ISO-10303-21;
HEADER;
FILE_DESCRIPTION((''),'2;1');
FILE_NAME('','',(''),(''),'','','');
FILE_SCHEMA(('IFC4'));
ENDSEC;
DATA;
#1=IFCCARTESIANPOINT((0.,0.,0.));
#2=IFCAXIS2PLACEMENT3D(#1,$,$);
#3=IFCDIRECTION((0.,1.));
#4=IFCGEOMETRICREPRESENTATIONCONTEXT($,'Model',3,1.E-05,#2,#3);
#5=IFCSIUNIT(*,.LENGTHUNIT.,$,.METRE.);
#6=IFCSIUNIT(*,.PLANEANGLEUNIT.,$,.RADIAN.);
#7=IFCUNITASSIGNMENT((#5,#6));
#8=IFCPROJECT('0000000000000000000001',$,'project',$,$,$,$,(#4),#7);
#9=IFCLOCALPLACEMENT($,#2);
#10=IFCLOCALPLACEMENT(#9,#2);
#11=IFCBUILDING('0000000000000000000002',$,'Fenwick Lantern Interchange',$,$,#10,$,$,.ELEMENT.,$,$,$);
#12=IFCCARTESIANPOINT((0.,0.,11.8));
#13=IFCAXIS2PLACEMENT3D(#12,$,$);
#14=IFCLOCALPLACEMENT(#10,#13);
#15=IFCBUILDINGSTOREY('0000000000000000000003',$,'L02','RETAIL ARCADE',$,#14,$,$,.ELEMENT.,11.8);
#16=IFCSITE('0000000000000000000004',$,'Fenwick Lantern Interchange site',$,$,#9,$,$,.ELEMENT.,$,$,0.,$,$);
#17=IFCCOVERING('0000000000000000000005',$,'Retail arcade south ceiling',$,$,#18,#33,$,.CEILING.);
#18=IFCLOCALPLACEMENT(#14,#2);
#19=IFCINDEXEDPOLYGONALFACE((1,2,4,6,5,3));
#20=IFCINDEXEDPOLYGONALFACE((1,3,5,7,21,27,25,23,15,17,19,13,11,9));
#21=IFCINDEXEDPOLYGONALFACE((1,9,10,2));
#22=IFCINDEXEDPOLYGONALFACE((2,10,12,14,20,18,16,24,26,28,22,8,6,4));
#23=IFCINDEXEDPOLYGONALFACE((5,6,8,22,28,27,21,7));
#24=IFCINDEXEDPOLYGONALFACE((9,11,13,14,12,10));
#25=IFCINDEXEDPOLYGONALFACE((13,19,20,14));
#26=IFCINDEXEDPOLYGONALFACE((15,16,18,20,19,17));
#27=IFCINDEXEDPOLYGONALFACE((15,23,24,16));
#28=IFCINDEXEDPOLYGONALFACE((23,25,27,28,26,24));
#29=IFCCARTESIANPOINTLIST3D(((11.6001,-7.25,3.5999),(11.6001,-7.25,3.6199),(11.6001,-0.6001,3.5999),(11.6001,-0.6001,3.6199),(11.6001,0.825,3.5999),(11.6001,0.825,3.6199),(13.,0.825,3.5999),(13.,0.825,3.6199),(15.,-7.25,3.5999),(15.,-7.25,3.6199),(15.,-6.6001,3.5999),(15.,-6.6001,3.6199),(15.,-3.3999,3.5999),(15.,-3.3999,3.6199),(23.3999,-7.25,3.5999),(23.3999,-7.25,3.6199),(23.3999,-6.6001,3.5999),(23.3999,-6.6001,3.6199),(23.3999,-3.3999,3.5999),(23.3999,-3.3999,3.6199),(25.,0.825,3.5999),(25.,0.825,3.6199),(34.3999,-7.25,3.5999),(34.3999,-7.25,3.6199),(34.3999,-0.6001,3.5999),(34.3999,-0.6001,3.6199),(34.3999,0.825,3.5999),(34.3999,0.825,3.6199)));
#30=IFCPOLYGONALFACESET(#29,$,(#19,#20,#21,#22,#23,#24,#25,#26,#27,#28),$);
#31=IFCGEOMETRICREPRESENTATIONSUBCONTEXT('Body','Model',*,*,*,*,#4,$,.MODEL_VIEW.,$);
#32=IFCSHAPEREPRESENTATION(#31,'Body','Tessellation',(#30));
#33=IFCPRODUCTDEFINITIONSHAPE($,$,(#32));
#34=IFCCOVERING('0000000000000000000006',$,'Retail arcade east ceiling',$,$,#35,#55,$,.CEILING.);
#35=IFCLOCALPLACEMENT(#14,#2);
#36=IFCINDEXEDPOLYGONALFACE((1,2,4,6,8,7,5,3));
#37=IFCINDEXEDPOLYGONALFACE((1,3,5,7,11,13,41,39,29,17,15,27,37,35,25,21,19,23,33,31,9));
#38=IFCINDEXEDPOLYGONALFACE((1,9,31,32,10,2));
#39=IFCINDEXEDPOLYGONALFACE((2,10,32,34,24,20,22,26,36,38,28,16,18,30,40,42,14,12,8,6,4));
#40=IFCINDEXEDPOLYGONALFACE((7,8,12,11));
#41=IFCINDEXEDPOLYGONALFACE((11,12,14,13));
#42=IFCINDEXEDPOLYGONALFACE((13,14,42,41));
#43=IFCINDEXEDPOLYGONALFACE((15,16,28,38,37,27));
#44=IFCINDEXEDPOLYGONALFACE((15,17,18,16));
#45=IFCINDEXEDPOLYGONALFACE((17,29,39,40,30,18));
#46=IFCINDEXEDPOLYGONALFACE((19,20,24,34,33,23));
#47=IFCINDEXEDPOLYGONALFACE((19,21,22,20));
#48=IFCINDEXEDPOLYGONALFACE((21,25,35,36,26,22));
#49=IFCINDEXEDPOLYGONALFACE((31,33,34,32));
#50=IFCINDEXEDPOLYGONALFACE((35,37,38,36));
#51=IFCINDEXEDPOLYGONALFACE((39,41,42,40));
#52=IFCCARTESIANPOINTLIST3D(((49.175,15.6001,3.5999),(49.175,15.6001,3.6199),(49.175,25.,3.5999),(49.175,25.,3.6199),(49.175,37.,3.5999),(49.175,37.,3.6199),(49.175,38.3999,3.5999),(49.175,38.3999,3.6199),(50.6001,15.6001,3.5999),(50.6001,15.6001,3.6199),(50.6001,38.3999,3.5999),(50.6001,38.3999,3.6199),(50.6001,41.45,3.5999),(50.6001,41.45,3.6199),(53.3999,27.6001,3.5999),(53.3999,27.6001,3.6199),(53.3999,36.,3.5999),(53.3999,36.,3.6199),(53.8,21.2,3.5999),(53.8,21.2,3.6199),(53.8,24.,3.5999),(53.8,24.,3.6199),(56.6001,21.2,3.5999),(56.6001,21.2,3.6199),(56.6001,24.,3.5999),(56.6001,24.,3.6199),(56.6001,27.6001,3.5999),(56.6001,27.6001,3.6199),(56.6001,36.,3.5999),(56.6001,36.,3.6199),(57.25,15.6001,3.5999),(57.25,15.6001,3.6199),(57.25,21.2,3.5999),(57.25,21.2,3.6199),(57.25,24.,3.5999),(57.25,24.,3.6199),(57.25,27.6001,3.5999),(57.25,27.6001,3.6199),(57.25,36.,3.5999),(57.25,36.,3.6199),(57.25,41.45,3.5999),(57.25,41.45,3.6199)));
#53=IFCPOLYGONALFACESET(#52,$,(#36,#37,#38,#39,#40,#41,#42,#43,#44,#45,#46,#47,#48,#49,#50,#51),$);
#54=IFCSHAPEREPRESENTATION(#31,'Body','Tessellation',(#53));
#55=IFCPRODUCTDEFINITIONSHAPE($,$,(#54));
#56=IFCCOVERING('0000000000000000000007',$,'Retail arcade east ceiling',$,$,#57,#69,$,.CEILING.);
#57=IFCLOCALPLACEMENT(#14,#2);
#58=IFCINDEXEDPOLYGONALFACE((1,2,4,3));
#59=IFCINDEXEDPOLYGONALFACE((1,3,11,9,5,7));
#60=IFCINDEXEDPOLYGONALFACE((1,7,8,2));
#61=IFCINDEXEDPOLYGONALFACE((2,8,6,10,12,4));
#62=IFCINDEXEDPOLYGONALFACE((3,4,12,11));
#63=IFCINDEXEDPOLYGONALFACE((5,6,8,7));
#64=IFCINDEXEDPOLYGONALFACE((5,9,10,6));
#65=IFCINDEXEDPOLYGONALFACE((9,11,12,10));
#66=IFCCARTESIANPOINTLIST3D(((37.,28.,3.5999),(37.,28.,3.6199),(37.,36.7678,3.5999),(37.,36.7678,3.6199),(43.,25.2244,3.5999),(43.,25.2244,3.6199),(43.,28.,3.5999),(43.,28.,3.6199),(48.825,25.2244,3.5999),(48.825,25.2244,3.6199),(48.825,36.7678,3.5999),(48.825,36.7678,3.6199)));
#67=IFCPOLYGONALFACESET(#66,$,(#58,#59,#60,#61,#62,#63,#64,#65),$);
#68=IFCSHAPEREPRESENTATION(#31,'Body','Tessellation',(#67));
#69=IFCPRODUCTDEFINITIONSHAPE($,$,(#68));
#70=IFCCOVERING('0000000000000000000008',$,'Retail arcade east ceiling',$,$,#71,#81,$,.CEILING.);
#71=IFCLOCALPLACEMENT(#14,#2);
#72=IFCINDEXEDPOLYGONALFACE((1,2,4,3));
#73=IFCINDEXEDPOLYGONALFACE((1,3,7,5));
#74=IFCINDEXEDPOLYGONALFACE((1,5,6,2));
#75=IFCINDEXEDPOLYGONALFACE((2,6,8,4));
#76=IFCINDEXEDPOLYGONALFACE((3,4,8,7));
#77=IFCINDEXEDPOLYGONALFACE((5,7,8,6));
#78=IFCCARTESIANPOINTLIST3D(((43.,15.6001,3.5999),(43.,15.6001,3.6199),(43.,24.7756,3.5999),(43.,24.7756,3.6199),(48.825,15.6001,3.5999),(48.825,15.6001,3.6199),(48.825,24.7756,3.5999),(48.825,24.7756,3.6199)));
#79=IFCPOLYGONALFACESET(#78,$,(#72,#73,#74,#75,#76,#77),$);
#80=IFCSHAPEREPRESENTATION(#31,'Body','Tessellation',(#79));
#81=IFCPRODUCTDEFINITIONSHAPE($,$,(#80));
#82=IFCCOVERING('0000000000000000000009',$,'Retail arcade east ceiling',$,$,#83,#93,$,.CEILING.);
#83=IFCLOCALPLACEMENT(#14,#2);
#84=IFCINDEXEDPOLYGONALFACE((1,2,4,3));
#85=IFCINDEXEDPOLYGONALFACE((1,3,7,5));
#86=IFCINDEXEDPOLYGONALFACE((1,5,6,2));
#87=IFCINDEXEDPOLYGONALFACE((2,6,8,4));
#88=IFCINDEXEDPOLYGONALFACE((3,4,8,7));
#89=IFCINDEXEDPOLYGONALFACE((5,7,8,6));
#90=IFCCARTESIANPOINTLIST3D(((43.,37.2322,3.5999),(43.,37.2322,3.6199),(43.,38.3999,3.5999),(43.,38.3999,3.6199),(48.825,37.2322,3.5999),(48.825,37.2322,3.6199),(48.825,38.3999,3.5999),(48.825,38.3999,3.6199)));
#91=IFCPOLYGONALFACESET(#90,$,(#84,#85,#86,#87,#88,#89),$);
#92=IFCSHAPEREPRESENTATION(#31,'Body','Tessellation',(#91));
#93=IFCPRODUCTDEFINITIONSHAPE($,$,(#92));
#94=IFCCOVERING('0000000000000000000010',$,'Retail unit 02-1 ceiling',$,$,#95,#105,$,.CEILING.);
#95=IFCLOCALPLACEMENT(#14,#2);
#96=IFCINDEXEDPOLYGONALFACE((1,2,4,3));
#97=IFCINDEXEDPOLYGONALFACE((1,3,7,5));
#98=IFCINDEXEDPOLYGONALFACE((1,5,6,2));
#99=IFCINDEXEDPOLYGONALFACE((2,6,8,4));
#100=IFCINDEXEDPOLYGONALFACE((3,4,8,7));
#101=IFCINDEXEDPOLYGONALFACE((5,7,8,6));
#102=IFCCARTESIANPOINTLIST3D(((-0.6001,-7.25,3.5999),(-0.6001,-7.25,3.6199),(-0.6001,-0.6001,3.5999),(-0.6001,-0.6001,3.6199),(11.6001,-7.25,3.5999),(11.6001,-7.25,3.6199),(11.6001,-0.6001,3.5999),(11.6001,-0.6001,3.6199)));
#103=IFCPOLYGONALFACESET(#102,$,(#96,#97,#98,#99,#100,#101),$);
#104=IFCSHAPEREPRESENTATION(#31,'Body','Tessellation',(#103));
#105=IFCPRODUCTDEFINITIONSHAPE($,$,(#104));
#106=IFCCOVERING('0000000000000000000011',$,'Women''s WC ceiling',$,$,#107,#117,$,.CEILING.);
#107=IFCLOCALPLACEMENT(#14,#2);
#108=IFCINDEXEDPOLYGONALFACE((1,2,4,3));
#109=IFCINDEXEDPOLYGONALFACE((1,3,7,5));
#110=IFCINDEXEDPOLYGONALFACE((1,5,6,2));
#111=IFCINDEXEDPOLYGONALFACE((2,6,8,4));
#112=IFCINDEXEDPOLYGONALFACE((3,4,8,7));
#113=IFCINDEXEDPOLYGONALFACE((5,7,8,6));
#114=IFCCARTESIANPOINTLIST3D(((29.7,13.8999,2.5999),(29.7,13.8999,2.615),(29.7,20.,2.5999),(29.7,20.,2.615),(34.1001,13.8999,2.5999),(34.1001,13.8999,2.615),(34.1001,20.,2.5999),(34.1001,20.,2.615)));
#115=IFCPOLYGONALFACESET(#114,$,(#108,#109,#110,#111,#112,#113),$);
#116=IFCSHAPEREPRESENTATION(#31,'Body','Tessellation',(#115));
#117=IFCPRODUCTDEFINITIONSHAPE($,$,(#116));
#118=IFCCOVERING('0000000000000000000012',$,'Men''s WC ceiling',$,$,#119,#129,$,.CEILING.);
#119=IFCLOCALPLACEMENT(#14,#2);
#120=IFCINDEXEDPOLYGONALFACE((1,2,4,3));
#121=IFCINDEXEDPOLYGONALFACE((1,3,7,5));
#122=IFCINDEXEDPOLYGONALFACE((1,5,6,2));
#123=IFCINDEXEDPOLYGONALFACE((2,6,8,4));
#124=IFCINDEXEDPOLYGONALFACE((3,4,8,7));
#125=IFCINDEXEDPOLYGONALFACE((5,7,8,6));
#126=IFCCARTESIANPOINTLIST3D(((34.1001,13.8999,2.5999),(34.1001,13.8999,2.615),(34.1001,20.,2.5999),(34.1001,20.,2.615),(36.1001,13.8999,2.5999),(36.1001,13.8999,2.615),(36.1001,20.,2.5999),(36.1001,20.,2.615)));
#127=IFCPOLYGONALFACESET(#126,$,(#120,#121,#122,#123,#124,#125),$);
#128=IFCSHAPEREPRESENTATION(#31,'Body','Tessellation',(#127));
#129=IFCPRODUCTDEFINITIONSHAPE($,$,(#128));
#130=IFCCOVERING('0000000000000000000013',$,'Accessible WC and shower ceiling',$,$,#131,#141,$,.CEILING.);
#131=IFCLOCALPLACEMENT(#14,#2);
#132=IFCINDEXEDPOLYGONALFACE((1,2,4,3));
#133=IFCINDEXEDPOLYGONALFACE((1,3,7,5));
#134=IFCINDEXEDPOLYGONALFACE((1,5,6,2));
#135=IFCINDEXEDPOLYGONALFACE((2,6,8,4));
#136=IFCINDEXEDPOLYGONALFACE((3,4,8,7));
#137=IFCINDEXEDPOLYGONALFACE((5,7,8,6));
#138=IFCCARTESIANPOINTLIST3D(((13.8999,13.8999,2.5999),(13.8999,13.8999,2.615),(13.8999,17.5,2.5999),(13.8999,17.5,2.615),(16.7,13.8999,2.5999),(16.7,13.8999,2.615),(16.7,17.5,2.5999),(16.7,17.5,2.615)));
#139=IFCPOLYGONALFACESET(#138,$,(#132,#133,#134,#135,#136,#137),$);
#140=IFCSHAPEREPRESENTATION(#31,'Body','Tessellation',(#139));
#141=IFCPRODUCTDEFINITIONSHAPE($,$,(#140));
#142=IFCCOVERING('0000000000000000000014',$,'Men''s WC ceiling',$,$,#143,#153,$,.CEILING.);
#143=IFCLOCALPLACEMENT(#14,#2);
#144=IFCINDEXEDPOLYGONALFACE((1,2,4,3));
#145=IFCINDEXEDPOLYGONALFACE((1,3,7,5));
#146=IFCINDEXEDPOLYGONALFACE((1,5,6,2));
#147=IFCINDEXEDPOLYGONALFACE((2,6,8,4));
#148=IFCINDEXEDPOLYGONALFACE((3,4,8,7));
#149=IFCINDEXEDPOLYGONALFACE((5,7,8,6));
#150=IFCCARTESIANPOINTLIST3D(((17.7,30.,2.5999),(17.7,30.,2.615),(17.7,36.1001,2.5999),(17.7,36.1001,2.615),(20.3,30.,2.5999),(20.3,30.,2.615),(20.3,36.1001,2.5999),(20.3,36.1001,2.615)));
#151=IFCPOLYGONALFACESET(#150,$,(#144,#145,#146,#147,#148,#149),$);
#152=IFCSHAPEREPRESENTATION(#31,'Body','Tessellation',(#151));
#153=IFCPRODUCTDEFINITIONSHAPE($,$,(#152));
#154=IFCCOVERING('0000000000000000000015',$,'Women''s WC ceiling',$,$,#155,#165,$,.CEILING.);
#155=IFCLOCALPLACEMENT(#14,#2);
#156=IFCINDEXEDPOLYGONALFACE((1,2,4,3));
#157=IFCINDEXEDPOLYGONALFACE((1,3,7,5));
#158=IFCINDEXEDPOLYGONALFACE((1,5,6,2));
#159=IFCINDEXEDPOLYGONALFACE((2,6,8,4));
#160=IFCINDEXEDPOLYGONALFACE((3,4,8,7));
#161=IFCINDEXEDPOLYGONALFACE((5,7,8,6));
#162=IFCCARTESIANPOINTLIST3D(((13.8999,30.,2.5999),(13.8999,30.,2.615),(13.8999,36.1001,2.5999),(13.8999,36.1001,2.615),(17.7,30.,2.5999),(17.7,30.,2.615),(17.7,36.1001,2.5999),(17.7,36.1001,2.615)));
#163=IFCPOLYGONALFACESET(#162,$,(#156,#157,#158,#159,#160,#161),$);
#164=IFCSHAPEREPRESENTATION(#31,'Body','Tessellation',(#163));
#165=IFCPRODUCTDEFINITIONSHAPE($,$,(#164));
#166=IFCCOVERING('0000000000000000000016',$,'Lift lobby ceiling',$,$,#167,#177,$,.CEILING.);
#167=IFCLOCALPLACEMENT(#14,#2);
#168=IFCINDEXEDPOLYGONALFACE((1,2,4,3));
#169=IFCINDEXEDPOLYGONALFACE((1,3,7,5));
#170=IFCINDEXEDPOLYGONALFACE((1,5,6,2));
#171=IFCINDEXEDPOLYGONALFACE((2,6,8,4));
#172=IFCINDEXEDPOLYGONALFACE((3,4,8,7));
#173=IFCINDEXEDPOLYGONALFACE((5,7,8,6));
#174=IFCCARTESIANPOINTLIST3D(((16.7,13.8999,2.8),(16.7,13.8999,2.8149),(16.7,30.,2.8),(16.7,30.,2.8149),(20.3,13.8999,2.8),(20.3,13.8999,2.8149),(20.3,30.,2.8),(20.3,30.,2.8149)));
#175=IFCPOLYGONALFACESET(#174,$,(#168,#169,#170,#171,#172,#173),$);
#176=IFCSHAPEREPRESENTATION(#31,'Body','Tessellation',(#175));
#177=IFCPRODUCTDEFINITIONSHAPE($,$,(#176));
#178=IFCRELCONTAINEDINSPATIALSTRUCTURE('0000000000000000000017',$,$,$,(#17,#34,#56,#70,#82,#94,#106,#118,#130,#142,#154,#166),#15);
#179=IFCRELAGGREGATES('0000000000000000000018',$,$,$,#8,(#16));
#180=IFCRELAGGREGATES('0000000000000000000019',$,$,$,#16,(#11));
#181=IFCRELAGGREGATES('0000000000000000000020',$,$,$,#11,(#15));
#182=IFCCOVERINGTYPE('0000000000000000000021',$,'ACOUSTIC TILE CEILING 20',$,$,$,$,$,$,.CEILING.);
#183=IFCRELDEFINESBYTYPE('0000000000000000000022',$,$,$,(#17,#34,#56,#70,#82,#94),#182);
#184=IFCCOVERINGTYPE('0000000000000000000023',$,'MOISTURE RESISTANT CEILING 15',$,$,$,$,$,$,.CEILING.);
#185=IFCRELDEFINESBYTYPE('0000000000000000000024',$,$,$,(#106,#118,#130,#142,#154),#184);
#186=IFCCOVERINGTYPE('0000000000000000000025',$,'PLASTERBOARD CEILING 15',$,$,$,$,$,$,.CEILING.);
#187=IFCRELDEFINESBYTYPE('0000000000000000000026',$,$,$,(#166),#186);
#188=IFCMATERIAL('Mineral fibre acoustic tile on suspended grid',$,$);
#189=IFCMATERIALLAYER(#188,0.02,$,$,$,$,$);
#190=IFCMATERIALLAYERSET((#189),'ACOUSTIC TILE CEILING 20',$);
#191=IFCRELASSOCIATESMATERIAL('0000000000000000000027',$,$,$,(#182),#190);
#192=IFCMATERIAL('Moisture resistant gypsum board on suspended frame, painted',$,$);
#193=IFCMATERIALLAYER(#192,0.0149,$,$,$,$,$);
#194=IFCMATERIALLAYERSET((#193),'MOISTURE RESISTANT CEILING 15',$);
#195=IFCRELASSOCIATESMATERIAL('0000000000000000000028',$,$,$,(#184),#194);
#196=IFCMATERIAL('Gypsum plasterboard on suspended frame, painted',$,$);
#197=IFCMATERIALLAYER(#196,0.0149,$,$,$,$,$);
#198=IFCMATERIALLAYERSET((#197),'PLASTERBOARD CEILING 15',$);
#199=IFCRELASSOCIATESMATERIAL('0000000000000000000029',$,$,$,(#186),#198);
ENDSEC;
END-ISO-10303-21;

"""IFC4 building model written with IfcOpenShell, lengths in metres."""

from ifc_helpers import new_model, si_unit, direction, frame, origin, place, context, subcontext, project, spatial, polyline, outline, extrude, material, layer, layer_set, type_object, element, save


model = new_model("IFC4")

# Units and contexts
model_context = context("Model", 3, precision=1e-05, world=origin(), true_north=direction((0.0, 1.0)))
body_context = subcontext(model_context, "Body", "Model", "MODEL_VIEW")
ifc_project = project(units=[si_unit("LENGTHUNIT", "METRE"), si_unit("PLANEANGLEUNIT", "RADIAN")], contexts=[model_context])

# Site, building, storey
site_placement = place(None, origin())
site = spatial("IfcSite", under=ifc_project, at=site_placement, Name="Fenwick Lantern Interchange site", CompositionType="ELEMENT", RefElevation=0.0)
building_placement = place(site_placement, origin())
building = spatial("IfcBuilding", under=site, at=building_placement, Name="Fenwick Lantern Interchange", CompositionType="ELEMENT")
storey_placement = place(building_placement, frame((0.0, 0.0, 11.8)))
storey = spatial("IfcBuildingStorey", under=building, at=storey_placement, Name="L02", Description="RETAIL ARCADE", CompositionType="ELEMENT", Elevation=11.8)

# Coverings
ifc_material_1 = material(Name="Mineral fibre acoustic tile on suspended grid")
ifc_layer_1 = layer(ifc_material_1, 0.02)
ifc_layer_set_1 = layer_set([ifc_layer_1], Name="ACOUSTIC TILE CEILING 20")
covering_type_1 = type_object("IfcCoveringType", Name="ACOUSTIC TILE CEILING 20", PredefinedType="CEILING", material=ifc_layer_set_1)
covering_1_placement = place(storey_placement, frame((0.0, 0.0, 3.5999)))
element("IfcCovering", 1, at=covering_1_placement, inside=storey, type_object=covering_type_1, Name="Retail arcade south ceiling", PredefinedType="CEILING", context=body_context, shape_type="SweptSolid", body=[
    extrude(outline(polyline([(11.6001, -0.6001), (11.6001, -7.25), (15.0, -7.25), (15.0, -6.6001), (15.0, -3.3999), (23.3999, -3.3999), (23.3999, -6.6001), (23.3999, -7.25), (34.3999, -7.25), (34.3999, -0.6001), (34.3999, 0.825), (25.0, 0.825), (13.0, 0.825), (11.6001, 0.825), (11.6001, -0.6001)])), origin(), (0.0, 0.0, 1.0), 0.02),
])
covering_2_placement = place(storey_placement, frame((0.0, 0.0, 3.5999)))
element("IfcCovering", 2, at=covering_2_placement, inside=storey, type_object=covering_type_1, Name="Retail arcade east ceiling", PredefinedType="CEILING", context=body_context, shape_type="SweptSolid", body=[
    extrude(outline(polyline([(50.6001, 15.6001), (57.25, 15.6001), (57.25, 21.2), (56.6001, 21.2), (53.8, 21.2), (53.8, 24.0), (56.6001, 24.0), (57.25, 24.0), (57.25, 27.6001), (56.6001, 27.6001), (53.3999, 27.6001), (53.3999, 36.0), (56.6001, 36.0), (57.25, 36.0), (57.25, 41.45), (50.6001, 41.45), (50.6001, 38.3999), (49.175, 38.3999), (49.175, 37.0), (49.175, 25.0), (49.175, 15.6001), (50.6001, 15.6001)])), origin(), (0.0, 0.0, 1.0), 0.02),
])
covering_3_placement = place(storey_placement, frame((0.0, 0.0, 3.5999)))
element("IfcCovering", 3, at=covering_3_placement, inside=storey, type_object=covering_type_1, Name="Retail arcade east ceiling", PredefinedType="CEILING", context=body_context, shape_type="SweptSolid", body=[
    extrude(outline(polyline([(43.0, 28.0), (43.0, 25.2244), (48.825, 25.2244), (48.825, 36.7678), (37.0, 36.7678), (37.0, 28.0), (43.0, 28.0)])), origin(), (0.0, 0.0, 1.0), 0.02),
])
covering_4_placement = place(storey_placement, frame((0.0, 0.0, 3.5999)))
element("IfcCovering", 4, at=covering_4_placement, inside=storey, type_object=covering_type_1, Name="Retail arcade east ceiling", PredefinedType="CEILING", context=body_context, shape_type="SweptSolid", body=[
    extrude(outline(polyline([(43.0, 15.6001), (48.825, 15.6001), (48.825, 24.7756), (43.0, 24.7756), (43.0, 15.6001)])), origin(), (0.0, 0.0, 1.0), 0.02),
])
covering_5_placement = place(storey_placement, frame((0.0, 0.0, 3.5999)))
element("IfcCovering", 5, at=covering_5_placement, inside=storey, type_object=covering_type_1, Name="Retail arcade east ceiling", PredefinedType="CEILING", context=body_context, shape_type="SweptSolid", body=[
    extrude(outline(polyline([(43.0, 38.3999), (43.0, 37.2322), (48.825, 37.2322), (48.825, 38.3999), (43.0, 38.3999)])), origin(), (0.0, 0.0, 1.0), 0.02),
])
covering_6_placement = place(storey_placement, frame((0.0, 0.0, 3.5999)))
element("IfcCovering", 6, at=covering_6_placement, inside=storey, type_object=covering_type_1, Name="Retail unit 02-1 ceiling", PredefinedType="CEILING", context=body_context, shape_type="SweptSolid", body=[
    extrude(outline(polyline([(-0.6001, -0.6001), (-0.6001, -7.25), (11.6001, -7.25), (11.6001, -0.6001), (-0.6001, -0.6001)])), origin(), (0.0, 0.0, 1.0), 0.02),
])
ifc_material_2 = material(Name="Moisture resistant gypsum board on suspended frame, painted")
ifc_layer_2 = layer(ifc_material_2, 0.0149)
ifc_layer_set_2 = layer_set([ifc_layer_2], Name="MOISTURE RESISTANT CEILING 15")
covering_type_2 = type_object("IfcCoveringType", Name="MOISTURE RESISTANT CEILING 15", PredefinedType="CEILING", material=ifc_layer_set_2)
covering_7_placement = place(storey_placement, frame((0.0, 0.0, 2.5999)))
element("IfcCovering", 7, at=covering_7_placement, inside=storey, type_object=covering_type_2, Name="Women's WC ceiling", PredefinedType="CEILING", context=body_context, shape_type="SweptSolid", body=[
    extrude(outline(polyline([(29.7, 13.8999), (34.1001, 13.8999), (34.1001, 20.0), (29.7, 20.0), (29.7, 13.8999)])), origin(), (0.0, 0.0, 1.0), 0.0151),
])
covering_8_placement = place(storey_placement, frame((0.0, 0.0, 2.5999)))
element("IfcCovering", 8, at=covering_8_placement, inside=storey, type_object=covering_type_2, Name="Men's WC ceiling", PredefinedType="CEILING", context=body_context, shape_type="SweptSolid", body=[
    extrude(outline(polyline([(34.1001, 13.8999), (36.1001, 13.8999), (36.1001, 20.0), (34.1001, 20.0), (34.1001, 13.8999)])), origin(), (0.0, 0.0, 1.0), 0.0151),
])
covering_9_placement = place(storey_placement, frame((0.0, 0.0, 2.5999)))
element("IfcCovering", 9, at=covering_9_placement, inside=storey, type_object=covering_type_2, Name="Accessible WC and shower ceiling", PredefinedType="CEILING", context=body_context, shape_type="SweptSolid", body=[
    extrude(outline(polyline([(13.8999, 13.8999), (16.7, 13.8999), (16.7, 17.5), (13.8999, 17.5), (13.8999, 13.8999)])), origin(), (0.0, 0.0, 1.0), 0.0151),
])
covering_10_placement = place(storey_placement, frame((0.0, 0.0, 2.5999)))
element("IfcCovering", 10, at=covering_10_placement, inside=storey, type_object=covering_type_2, Name="Men's WC ceiling", PredefinedType="CEILING", context=body_context, shape_type="SweptSolid", body=[
    extrude(outline(polyline([(20.3, 36.1001), (17.7, 36.1001), (17.7, 30.0), (20.3, 30.0), (20.3, 36.1001)])), origin(), (0.0, 0.0, 1.0), 0.0151),
])
covering_11_placement = place(storey_placement, frame((0.0, 0.0, 2.5999)))
element("IfcCovering", 11, at=covering_11_placement, inside=storey, type_object=covering_type_2, Name="Women's WC ceiling", PredefinedType="CEILING", context=body_context, shape_type="SweptSolid", body=[
    extrude(outline(polyline([(17.7, 36.1001), (13.8999, 36.1001), (13.8999, 30.0), (17.7, 30.0), (17.7, 36.1001)])), origin(), (0.0, 0.0, 1.0), 0.0151),
])
ifc_material_3 = material(Name="Gypsum plasterboard on suspended frame, painted")
ifc_layer_3 = layer(ifc_material_3, 0.0149)
ifc_layer_set_3 = layer_set([ifc_layer_3], Name="PLASTERBOARD CEILING 15")
covering_type_3 = type_object("IfcCoveringType", Name="PLASTERBOARD CEILING 15", PredefinedType="CEILING", material=ifc_layer_set_3)
covering_12_placement = place(storey_placement, frame((0.0, 0.0, 2.8)))
element("IfcCovering", 12, at=covering_12_placement, inside=storey, type_object=covering_type_3, Name="Lift lobby ceiling", PredefinedType="CEILING", context=body_context, shape_type="SweptSolid", body=[
    extrude(outline(polyline([(16.7, 13.8999), (20.3, 13.8999), (20.3, 30.0), (16.7, 30.0), (16.7, 13.8999)])), origin(), (0.0, 0.0, 1.0), 0.0149),
])

save(model, "model.ifc")
